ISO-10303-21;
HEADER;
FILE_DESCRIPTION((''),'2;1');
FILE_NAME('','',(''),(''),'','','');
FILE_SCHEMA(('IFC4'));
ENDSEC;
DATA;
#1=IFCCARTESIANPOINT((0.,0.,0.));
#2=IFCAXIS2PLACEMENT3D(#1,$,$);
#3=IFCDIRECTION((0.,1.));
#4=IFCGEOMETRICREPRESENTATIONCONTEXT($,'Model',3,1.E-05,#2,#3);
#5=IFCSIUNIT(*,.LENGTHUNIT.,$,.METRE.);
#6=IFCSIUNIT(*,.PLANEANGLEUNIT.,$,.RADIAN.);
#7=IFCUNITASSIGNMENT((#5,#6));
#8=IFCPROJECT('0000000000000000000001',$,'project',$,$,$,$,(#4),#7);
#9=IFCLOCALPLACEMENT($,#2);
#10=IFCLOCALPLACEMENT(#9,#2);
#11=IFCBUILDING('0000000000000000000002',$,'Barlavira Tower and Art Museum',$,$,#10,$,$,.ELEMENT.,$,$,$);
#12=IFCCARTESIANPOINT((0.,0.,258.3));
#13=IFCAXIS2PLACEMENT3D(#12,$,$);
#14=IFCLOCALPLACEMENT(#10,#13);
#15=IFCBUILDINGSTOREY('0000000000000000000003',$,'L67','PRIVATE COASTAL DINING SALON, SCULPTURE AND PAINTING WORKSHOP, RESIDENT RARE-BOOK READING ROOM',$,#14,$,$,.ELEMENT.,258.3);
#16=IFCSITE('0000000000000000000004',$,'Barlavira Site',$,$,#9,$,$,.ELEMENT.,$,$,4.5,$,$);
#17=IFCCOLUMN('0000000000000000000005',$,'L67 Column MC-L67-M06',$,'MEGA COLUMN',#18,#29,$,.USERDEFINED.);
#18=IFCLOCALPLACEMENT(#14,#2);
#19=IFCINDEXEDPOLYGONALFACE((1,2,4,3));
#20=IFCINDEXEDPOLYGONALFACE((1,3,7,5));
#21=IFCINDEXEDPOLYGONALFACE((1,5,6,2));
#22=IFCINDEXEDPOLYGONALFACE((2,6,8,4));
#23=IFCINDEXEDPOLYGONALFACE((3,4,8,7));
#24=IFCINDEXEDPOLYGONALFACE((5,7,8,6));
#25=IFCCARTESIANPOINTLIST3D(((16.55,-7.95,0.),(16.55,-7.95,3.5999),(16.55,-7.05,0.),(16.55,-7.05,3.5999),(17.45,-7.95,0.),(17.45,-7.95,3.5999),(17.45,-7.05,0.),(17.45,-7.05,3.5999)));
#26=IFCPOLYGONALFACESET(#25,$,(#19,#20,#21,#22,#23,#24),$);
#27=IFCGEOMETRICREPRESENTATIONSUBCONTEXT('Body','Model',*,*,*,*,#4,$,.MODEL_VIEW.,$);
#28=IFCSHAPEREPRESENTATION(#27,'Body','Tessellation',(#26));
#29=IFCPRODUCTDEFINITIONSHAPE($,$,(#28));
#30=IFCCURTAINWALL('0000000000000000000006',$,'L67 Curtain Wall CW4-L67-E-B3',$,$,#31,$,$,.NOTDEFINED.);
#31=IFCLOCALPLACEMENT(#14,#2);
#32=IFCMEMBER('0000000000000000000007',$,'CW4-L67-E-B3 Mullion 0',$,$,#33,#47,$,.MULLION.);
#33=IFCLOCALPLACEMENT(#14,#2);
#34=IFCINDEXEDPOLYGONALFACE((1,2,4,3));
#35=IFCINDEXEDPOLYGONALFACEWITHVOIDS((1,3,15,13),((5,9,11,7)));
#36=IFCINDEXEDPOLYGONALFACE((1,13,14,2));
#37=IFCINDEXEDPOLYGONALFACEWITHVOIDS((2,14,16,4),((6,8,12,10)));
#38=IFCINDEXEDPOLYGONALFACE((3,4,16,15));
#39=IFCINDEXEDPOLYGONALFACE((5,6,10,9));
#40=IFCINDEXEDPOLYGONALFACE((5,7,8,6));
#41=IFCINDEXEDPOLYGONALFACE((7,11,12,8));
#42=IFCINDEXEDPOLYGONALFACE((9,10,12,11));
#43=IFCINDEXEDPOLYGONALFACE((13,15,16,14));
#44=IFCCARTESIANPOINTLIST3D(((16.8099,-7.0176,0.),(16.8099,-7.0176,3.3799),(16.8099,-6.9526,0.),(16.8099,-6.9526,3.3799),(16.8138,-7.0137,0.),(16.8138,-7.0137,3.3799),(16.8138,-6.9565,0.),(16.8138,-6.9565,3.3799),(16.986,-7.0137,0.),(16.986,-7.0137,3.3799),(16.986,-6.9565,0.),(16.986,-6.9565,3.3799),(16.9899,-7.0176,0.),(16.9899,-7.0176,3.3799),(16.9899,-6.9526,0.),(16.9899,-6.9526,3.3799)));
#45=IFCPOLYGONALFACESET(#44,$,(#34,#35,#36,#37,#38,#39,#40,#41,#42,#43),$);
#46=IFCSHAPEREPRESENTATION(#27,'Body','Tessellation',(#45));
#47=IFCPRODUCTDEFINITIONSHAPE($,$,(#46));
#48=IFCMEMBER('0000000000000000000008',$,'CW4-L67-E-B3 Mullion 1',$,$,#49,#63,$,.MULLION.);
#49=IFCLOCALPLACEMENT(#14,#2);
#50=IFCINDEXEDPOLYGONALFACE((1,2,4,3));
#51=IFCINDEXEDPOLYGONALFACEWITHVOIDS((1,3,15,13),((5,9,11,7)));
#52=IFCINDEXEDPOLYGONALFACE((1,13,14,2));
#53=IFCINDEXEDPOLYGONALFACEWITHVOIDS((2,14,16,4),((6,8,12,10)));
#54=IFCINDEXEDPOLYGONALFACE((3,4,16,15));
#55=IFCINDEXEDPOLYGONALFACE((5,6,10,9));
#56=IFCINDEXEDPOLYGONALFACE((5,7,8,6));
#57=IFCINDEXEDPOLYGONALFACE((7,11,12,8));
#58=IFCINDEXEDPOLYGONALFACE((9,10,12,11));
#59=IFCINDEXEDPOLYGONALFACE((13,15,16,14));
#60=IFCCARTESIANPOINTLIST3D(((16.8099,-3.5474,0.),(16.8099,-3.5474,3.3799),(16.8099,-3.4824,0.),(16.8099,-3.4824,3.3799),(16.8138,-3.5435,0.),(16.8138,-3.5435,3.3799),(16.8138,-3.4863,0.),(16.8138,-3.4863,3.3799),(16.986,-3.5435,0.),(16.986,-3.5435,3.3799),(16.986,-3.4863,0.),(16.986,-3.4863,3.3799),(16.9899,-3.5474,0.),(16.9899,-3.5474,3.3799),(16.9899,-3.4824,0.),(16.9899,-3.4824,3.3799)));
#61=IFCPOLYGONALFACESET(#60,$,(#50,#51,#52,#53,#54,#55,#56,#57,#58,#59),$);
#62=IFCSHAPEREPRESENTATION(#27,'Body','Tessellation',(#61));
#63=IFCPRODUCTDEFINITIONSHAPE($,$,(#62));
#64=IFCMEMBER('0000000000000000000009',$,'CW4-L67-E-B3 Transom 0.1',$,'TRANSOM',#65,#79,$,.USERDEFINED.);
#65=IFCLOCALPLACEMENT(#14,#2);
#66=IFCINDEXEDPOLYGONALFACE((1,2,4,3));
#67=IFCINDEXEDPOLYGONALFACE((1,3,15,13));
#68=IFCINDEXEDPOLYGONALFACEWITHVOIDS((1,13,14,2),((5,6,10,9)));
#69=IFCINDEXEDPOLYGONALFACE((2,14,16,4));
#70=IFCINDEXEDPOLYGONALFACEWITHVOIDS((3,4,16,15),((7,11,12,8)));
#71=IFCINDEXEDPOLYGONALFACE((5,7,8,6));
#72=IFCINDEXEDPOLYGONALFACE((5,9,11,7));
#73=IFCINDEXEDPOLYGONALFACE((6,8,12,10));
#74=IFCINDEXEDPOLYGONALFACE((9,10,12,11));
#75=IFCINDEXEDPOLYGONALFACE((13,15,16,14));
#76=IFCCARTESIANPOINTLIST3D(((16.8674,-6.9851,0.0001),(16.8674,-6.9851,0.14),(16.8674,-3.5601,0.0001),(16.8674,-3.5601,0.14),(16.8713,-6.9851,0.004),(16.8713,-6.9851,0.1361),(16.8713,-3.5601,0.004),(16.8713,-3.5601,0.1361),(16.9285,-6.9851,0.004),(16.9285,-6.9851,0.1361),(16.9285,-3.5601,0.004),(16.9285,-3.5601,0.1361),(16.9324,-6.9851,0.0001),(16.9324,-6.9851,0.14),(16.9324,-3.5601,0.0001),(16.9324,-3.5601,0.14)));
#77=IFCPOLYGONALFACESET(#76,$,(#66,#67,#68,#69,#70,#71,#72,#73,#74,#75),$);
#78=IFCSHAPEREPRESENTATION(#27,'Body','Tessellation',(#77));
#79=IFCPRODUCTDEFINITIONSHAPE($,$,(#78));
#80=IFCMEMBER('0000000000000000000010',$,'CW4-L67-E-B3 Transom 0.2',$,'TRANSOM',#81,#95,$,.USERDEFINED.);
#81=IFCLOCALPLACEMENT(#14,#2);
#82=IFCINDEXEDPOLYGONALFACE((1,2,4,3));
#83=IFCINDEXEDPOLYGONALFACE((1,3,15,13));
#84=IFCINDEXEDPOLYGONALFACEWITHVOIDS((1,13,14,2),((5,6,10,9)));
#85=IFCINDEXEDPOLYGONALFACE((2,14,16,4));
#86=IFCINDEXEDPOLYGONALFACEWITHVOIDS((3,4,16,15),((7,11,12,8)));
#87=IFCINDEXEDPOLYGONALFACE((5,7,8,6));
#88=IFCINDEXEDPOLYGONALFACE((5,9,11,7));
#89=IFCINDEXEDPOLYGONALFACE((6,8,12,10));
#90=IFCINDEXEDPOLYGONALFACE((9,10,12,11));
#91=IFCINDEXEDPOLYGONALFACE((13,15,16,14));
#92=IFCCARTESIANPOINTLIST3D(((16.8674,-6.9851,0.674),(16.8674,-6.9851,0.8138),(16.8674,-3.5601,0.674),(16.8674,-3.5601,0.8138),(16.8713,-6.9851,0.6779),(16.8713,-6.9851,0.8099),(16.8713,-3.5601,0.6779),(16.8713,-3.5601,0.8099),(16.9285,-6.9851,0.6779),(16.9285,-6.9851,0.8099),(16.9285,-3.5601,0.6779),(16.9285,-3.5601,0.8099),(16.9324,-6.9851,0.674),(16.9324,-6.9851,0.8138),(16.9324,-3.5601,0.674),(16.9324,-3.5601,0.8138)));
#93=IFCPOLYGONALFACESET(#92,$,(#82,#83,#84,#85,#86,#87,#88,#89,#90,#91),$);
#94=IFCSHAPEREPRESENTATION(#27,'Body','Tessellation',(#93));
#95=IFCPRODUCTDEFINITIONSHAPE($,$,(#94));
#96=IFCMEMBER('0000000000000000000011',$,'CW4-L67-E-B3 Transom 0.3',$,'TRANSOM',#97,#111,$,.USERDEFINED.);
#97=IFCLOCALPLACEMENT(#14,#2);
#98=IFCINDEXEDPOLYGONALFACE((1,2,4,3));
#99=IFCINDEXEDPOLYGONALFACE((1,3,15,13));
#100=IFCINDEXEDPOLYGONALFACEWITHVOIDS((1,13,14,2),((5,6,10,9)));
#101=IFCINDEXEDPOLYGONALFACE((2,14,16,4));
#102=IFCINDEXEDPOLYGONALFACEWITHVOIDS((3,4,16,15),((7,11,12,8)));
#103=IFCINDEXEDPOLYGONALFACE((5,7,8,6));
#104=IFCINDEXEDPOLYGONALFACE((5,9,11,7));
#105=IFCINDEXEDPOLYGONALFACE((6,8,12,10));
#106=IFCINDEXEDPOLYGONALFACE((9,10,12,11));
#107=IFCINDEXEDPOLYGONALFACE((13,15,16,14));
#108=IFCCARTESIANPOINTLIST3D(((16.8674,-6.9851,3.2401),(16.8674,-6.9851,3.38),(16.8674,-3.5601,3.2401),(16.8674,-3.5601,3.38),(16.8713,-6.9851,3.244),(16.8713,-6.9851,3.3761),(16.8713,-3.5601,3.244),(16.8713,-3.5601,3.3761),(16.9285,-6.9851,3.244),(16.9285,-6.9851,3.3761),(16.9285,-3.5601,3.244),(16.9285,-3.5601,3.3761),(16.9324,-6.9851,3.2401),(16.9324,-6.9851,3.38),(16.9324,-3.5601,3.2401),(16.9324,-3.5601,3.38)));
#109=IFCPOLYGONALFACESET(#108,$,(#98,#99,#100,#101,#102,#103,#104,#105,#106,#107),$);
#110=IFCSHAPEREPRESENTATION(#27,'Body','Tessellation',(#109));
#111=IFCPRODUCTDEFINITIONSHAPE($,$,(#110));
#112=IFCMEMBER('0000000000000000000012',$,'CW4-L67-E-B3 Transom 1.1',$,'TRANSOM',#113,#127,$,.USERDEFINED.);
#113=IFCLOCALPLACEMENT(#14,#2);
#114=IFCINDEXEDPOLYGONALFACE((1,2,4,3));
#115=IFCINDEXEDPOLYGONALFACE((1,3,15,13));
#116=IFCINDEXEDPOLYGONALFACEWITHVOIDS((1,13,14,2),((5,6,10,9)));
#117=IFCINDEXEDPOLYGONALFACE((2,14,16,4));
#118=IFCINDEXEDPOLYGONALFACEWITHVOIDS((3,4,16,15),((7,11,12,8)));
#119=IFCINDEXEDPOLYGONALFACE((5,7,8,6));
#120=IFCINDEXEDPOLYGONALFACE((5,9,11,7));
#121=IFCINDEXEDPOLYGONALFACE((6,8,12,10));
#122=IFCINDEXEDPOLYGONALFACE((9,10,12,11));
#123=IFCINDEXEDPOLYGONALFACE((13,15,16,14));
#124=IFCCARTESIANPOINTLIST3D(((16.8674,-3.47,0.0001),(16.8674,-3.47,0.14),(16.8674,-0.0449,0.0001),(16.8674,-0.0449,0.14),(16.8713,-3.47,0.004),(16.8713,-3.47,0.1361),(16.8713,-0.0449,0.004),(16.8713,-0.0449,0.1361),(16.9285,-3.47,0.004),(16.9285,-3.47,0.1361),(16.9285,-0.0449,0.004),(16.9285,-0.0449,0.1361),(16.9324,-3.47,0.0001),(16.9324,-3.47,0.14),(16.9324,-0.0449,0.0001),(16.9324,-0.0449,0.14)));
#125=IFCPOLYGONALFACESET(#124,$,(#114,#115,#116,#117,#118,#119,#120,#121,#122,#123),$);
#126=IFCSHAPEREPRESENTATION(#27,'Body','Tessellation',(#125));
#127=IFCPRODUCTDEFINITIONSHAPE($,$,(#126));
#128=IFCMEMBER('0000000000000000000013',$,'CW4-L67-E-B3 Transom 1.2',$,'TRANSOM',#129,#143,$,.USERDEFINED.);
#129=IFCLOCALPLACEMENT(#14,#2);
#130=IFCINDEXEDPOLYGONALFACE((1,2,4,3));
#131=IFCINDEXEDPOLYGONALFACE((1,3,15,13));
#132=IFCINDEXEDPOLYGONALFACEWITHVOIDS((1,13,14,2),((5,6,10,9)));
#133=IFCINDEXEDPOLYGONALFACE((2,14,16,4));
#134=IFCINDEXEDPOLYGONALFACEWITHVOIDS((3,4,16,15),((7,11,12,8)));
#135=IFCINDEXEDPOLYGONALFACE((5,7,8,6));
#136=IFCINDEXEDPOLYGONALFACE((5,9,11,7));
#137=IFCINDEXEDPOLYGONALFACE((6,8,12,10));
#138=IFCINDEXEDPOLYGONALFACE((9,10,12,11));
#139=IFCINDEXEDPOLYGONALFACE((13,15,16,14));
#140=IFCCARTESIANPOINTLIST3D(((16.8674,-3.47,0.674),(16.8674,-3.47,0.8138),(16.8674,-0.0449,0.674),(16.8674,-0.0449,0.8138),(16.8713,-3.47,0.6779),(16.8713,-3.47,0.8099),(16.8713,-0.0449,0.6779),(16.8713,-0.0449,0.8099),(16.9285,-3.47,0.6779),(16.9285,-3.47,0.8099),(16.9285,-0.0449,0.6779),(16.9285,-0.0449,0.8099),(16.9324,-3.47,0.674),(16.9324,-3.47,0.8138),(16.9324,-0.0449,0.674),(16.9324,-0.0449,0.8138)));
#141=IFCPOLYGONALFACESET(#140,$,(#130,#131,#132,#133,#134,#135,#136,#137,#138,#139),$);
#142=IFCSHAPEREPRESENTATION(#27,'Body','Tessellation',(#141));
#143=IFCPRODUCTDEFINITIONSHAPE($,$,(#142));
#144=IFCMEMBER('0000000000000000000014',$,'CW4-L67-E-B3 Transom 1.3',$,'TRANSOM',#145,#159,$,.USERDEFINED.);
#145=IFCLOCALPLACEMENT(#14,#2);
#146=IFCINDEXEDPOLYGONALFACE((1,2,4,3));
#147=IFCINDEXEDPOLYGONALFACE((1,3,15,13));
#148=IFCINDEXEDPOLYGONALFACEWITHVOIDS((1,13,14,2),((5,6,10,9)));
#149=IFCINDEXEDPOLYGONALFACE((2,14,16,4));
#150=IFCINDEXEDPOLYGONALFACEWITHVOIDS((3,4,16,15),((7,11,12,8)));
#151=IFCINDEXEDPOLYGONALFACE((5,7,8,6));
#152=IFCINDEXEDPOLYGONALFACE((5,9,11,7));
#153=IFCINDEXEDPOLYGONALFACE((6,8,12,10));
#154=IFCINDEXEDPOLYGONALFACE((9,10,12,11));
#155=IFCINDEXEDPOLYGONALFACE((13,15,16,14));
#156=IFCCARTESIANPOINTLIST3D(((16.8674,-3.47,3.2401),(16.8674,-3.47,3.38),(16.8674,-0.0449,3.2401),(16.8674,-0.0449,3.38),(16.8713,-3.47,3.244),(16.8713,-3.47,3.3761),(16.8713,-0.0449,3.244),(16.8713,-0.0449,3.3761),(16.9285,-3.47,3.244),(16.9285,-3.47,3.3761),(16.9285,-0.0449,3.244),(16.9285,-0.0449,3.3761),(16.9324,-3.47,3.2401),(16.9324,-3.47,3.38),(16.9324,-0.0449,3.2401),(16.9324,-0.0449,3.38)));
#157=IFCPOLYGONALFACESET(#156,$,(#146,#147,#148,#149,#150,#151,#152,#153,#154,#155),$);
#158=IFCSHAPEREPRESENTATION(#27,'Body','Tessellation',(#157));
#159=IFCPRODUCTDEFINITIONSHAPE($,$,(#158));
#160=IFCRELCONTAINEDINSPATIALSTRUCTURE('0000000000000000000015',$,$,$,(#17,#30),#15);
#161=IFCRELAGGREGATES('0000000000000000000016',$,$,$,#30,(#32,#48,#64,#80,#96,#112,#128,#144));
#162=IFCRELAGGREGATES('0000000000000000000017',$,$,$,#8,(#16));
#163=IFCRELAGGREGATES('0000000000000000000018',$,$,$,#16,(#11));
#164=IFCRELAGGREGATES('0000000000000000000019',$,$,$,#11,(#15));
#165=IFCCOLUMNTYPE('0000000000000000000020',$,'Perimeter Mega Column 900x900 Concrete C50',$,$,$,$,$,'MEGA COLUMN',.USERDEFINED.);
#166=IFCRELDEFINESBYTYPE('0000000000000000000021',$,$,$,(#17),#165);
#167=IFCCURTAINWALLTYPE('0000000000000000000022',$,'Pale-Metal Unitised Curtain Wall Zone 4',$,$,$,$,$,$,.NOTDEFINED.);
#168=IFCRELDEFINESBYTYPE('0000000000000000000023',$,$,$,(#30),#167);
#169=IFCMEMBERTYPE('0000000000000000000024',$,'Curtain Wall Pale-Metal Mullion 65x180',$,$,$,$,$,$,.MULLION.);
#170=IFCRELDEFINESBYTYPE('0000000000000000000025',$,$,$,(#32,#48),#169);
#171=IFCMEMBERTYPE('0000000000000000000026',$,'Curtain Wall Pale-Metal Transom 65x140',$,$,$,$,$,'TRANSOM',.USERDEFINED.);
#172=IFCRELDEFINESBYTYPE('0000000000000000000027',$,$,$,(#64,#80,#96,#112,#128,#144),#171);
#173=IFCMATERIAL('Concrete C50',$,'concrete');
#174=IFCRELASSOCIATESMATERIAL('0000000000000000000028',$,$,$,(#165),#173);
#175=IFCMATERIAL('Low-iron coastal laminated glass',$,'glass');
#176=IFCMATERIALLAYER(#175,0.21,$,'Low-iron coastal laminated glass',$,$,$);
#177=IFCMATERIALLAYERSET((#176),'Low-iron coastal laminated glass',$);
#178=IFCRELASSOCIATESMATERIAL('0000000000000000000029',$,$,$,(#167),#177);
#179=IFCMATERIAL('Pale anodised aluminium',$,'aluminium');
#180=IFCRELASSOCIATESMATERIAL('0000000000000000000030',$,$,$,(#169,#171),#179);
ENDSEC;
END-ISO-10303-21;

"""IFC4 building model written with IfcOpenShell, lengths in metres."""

from ifc_helpers import new_model, si_unit, direction, frame, origin, origin_2d, place, context, subcontext, project, spatial, rectangle, hollow_rectangle, extrude, material, layer, layer_set, material_profile, profile_set, type_object, element, aggregate, save


model = new_model("IFC4")

# Units and contexts
model_context = context("Model", 3, precision=1e-05, world=origin(), true_north=direction((0.0, 1.0)))
body_context = subcontext(model_context, "Body", "Model", "MODEL_VIEW")
ifc_project = project(units=[si_unit("LENGTHUNIT", "METRE"), si_unit("PLANEANGLEUNIT", "RADIAN")], contexts=[model_context])

# Site, building, storey
site_placement = place(None, origin())
site = spatial("IfcSite", under=ifc_project, at=site_placement, Name="Barlavira Site", CompositionType="ELEMENT", RefElevation=4.5)
building_placement = place(site_placement, origin())
building = spatial("IfcBuilding", under=site, at=building_placement, Name="Barlavira Tower and Art Museum", CompositionType="ELEMENT")
storey_placement = place(building_placement, frame((0.0, 0.0, 258.3)))
storey = spatial("IfcBuildingStorey", under=building, at=storey_placement, Name="L67", Description="PRIVATE COASTAL DINING SALON, SCULPTURE AND PAINTING WORKSHOP, RESIDENT RARE-BOOK READING ROOM", CompositionType="ELEMENT", Elevation=258.3)

# Column
ifc_material_1 = material(Name="Concrete C50", Category="concrete")
ifc_material_profile_1 = material_profile(ifc_material_1, rectangle(XDim=0.8999, YDim=0.8999, at=origin_2d()), Name="RC-COL 900x900")
ifc_profile_set_1 = profile_set([ifc_material_profile_1], Name="Concrete C50")
column_type = type_object("IfcColumnType", Name="Perimeter Mega Column 900x900 Concrete C50", ElementType="MEGA COLUMN", PredefinedType="USERDEFINED", material=ifc_profile_set_1)
column_placement = place(storey_placement, frame((17.0, -7.5, 0.0), z_axis=(0.0, 0.0, 1.0), x_axis=(1.0, 0.0, 0.0)))
element("IfcColumn", 1, at=column_placement, inside=storey, type_object=column_type, Name="L67 Column MC-L67-M06", ObjectType="MEGA COLUMN", PredefinedType="USERDEFINED", context=body_context, shape_type="SweptSolid", body=[
    extrude(rectangle(XDim=0.8999, YDim=0.8999, at=origin_2d()), origin(), (0.0, 0.0, 1.0), 3.5999),
])

# Curtain wall, members
ifc_material_2 = material(Name="Low-iron coastal laminated glass", Category="glass")
ifc_layer_1 = layer(ifc_material_2, 0.21, Name="Low-iron coastal laminated glass")
ifc_layer_set_1 = layer_set([ifc_layer_1], Name="Low-iron coastal laminated glass")
curtain_wall_type = type_object("IfcCurtainWallType", Name="Pale-Metal Unitised Curtain Wall Zone 4", PredefinedType="NOTDEFINED", material=ifc_layer_set_1)
curtain_wall_placement = place(storey_placement, origin())
curtain_wall = element("IfcCurtainWall", 2, at=curtain_wall_placement, inside=storey, type_object=curtain_wall_type, Name="L67 Curtain Wall CW4-L67-E-B3", PredefinedType="NOTDEFINED")
ifc_material_3 = material(Name="Pale anodised aluminium", Category="aluminium")
ifc_material_profile_2 = material_profile(ifc_material_3, hollow_rectangle(XDim=0.0649, YDim=0.1799, WallThickness=0.0039, at=origin_2d()), Name="ALU-MULL 65x180x4")
ifc_profile_set_2 = profile_set([ifc_material_profile_2], Name="Pale anodised aluminium")
member_type_1 = type_object("IfcMemberType", Name="Curtain Wall Pale-Metal Mullion 65x180", PredefinedType="MULLION", material=ifc_profile_set_2)
member_1_placement = place(storey_placement, frame((16.8999, -6.9851, 0.0), z_axis=(0.0, 0.0, 1.0), x_axis=(0.0, 1.0, 0.0)))
member_1 = element("IfcMember", 3, at=member_1_placement, type_object=member_type_1, Name="CW4-L67-E-B3 Mullion 0", PredefinedType="MULLION", context=body_context, shape_type="SweptSolid", body=[
    extrude(hollow_rectangle(XDim=0.0649, YDim=0.1799, WallThickness=0.0039, at=origin_2d()), origin(), (0.0, 0.0, 1.0), 3.3799),
])
member_2_placement = place(storey_placement, frame((16.8999, -3.5149, 0.0), z_axis=(0.0, 0.0, 1.0), x_axis=(0.0, 1.0, 0.0)))
member_2 = element("IfcMember", 4, at=member_2_placement, type_object=member_type_1, Name="CW4-L67-E-B3 Mullion 1", PredefinedType="MULLION", context=body_context, shape_type="SweptSolid", body=[
    extrude(hollow_rectangle(XDim=0.0649, YDim=0.1799, WallThickness=0.0039, at=origin_2d()), origin(), (0.0, 0.0, 1.0), 3.3799),
])
ifc_material_profile_3 = material_profile(ifc_material_3, hollow_rectangle(XDim=0.0649, YDim=0.1399, WallThickness=0.0039, at=origin_2d()), Name="ALU-TRAN 65x140x4")
ifc_profile_set_3 = profile_set([ifc_material_profile_3], Name="Pale anodised aluminium")
member_type_2 = type_object("IfcMemberType", Name="Curtain Wall Pale-Metal Transom 65x140", ElementType="TRANSOM", PredefinedType="USERDEFINED", material=ifc_profile_set_3)
member_3_placement = place(storey_placement, frame((16.8999, -6.9851, 0.0701), z_axis=(0.0, 1.0, 0.0), x_axis=(-1.0, 0.0, 0.0)))
member_3 = element("IfcMember", 5, at=member_3_placement, type_object=member_type_2, Name="CW4-L67-E-B3 Transom 0.1", ObjectType="TRANSOM", PredefinedType="USERDEFINED", context=body_context, shape_type="SweptSolid", body=[
    extrude(hollow_rectangle(XDim=0.0649, YDim=0.1399, WallThickness=0.0039, at=origin_2d()), origin(), (0.0, 0.0, 1.0), 3.425),
])
member_4_placement = place(storey_placement, frame((16.8999, -6.9851, 0.7439), z_axis=(0.0, 1.0, 0.0), x_axis=(-1.0, 0.0, 0.0)))
member_4 = element("IfcMember", 6, at=member_4_placement, type_object=member_type_2, Name="CW4-L67-E-B3 Transom 0.2", ObjectType="TRANSOM", PredefinedType="USERDEFINED", context=body_context, shape_type="SweptSolid", body=[
    extrude(hollow_rectangle(XDim=0.0649, YDim=0.1399, WallThickness=0.0039, at=origin_2d()), origin(), (0.0, 0.0, 1.0), 3.425),
])
member_5_placement = place(storey_placement, frame((16.8999, -6.9851, 3.3101), z_axis=(0.0, 1.0, 0.0), x_axis=(-1.0, 0.0, 0.0)))
member_5 = element("IfcMember", 7, at=member_5_placement, type_object=member_type_2, Name="CW4-L67-E-B3 Transom 0.3", ObjectType="TRANSOM", PredefinedType="USERDEFINED", context=body_context, shape_type="SweptSolid", body=[
    extrude(hollow_rectangle(XDim=0.0649, YDim=0.1399, WallThickness=0.0039, at=origin_2d()), origin(), (0.0, 0.0, 1.0), 3.425),
])
member_6_placement = place(storey_placement, frame((16.8999, -3.47, 0.0701), z_axis=(0.0, 1.0, 0.0), x_axis=(-1.0, 0.0, 0.0)))
member_6 = element("IfcMember", 8, at=member_6_placement, type_object=member_type_2, Name="CW4-L67-E-B3 Transom 1.1", ObjectType="TRANSOM", PredefinedType="USERDEFINED", context=body_context, shape_type="SweptSolid", body=[
    extrude(hollow_rectangle(XDim=0.0649, YDim=0.1399, WallThickness=0.0039, at=origin_2d()), origin(), (0.0, 0.0, 1.0), 3.425),
])
member_7_placement = place(storey_placement, frame((16.8999, -3.47, 0.7439), z_axis=(0.0, 1.0, 0.0), x_axis=(-1.0, 0.0, 0.0)))
member_7 = element("IfcMember", 9, at=member_7_placement, type_object=member_type_2, Name="CW4-L67-E-B3 Transom 1.2", ObjectType="TRANSOM", PredefinedType="USERDEFINED", context=body_context, shape_type="SweptSolid", body=[
    extrude(hollow_rectangle(XDim=0.0649, YDim=0.1399, WallThickness=0.0039, at=origin_2d()), origin(), (0.0, 0.0, 1.0), 3.425),
])
member_8_placement = place(storey_placement, frame((16.8999, -3.47, 3.3101), z_axis=(0.0, 1.0, 0.0), x_axis=(-1.0, 0.0, 0.0)))
member_8 = element("IfcMember", 10, at=member_8_placement, type_object=member_type_2, Name="CW4-L67-E-B3 Transom 1.3", ObjectType="TRANSOM", PredefinedType="USERDEFINED", context=body_context, shape_type="SweptSolid", body=[
    extrude(hollow_rectangle(XDim=0.0649, YDim=0.1399, WallThickness=0.0039, at=origin_2d()), origin(), (0.0, 0.0, 1.0), 3.425),
])

aggregate(curtain_wall, [member_1, member_2, member_3, member_4, member_5, member_6, member_7, member_8])

save(model, "model.ifc")
